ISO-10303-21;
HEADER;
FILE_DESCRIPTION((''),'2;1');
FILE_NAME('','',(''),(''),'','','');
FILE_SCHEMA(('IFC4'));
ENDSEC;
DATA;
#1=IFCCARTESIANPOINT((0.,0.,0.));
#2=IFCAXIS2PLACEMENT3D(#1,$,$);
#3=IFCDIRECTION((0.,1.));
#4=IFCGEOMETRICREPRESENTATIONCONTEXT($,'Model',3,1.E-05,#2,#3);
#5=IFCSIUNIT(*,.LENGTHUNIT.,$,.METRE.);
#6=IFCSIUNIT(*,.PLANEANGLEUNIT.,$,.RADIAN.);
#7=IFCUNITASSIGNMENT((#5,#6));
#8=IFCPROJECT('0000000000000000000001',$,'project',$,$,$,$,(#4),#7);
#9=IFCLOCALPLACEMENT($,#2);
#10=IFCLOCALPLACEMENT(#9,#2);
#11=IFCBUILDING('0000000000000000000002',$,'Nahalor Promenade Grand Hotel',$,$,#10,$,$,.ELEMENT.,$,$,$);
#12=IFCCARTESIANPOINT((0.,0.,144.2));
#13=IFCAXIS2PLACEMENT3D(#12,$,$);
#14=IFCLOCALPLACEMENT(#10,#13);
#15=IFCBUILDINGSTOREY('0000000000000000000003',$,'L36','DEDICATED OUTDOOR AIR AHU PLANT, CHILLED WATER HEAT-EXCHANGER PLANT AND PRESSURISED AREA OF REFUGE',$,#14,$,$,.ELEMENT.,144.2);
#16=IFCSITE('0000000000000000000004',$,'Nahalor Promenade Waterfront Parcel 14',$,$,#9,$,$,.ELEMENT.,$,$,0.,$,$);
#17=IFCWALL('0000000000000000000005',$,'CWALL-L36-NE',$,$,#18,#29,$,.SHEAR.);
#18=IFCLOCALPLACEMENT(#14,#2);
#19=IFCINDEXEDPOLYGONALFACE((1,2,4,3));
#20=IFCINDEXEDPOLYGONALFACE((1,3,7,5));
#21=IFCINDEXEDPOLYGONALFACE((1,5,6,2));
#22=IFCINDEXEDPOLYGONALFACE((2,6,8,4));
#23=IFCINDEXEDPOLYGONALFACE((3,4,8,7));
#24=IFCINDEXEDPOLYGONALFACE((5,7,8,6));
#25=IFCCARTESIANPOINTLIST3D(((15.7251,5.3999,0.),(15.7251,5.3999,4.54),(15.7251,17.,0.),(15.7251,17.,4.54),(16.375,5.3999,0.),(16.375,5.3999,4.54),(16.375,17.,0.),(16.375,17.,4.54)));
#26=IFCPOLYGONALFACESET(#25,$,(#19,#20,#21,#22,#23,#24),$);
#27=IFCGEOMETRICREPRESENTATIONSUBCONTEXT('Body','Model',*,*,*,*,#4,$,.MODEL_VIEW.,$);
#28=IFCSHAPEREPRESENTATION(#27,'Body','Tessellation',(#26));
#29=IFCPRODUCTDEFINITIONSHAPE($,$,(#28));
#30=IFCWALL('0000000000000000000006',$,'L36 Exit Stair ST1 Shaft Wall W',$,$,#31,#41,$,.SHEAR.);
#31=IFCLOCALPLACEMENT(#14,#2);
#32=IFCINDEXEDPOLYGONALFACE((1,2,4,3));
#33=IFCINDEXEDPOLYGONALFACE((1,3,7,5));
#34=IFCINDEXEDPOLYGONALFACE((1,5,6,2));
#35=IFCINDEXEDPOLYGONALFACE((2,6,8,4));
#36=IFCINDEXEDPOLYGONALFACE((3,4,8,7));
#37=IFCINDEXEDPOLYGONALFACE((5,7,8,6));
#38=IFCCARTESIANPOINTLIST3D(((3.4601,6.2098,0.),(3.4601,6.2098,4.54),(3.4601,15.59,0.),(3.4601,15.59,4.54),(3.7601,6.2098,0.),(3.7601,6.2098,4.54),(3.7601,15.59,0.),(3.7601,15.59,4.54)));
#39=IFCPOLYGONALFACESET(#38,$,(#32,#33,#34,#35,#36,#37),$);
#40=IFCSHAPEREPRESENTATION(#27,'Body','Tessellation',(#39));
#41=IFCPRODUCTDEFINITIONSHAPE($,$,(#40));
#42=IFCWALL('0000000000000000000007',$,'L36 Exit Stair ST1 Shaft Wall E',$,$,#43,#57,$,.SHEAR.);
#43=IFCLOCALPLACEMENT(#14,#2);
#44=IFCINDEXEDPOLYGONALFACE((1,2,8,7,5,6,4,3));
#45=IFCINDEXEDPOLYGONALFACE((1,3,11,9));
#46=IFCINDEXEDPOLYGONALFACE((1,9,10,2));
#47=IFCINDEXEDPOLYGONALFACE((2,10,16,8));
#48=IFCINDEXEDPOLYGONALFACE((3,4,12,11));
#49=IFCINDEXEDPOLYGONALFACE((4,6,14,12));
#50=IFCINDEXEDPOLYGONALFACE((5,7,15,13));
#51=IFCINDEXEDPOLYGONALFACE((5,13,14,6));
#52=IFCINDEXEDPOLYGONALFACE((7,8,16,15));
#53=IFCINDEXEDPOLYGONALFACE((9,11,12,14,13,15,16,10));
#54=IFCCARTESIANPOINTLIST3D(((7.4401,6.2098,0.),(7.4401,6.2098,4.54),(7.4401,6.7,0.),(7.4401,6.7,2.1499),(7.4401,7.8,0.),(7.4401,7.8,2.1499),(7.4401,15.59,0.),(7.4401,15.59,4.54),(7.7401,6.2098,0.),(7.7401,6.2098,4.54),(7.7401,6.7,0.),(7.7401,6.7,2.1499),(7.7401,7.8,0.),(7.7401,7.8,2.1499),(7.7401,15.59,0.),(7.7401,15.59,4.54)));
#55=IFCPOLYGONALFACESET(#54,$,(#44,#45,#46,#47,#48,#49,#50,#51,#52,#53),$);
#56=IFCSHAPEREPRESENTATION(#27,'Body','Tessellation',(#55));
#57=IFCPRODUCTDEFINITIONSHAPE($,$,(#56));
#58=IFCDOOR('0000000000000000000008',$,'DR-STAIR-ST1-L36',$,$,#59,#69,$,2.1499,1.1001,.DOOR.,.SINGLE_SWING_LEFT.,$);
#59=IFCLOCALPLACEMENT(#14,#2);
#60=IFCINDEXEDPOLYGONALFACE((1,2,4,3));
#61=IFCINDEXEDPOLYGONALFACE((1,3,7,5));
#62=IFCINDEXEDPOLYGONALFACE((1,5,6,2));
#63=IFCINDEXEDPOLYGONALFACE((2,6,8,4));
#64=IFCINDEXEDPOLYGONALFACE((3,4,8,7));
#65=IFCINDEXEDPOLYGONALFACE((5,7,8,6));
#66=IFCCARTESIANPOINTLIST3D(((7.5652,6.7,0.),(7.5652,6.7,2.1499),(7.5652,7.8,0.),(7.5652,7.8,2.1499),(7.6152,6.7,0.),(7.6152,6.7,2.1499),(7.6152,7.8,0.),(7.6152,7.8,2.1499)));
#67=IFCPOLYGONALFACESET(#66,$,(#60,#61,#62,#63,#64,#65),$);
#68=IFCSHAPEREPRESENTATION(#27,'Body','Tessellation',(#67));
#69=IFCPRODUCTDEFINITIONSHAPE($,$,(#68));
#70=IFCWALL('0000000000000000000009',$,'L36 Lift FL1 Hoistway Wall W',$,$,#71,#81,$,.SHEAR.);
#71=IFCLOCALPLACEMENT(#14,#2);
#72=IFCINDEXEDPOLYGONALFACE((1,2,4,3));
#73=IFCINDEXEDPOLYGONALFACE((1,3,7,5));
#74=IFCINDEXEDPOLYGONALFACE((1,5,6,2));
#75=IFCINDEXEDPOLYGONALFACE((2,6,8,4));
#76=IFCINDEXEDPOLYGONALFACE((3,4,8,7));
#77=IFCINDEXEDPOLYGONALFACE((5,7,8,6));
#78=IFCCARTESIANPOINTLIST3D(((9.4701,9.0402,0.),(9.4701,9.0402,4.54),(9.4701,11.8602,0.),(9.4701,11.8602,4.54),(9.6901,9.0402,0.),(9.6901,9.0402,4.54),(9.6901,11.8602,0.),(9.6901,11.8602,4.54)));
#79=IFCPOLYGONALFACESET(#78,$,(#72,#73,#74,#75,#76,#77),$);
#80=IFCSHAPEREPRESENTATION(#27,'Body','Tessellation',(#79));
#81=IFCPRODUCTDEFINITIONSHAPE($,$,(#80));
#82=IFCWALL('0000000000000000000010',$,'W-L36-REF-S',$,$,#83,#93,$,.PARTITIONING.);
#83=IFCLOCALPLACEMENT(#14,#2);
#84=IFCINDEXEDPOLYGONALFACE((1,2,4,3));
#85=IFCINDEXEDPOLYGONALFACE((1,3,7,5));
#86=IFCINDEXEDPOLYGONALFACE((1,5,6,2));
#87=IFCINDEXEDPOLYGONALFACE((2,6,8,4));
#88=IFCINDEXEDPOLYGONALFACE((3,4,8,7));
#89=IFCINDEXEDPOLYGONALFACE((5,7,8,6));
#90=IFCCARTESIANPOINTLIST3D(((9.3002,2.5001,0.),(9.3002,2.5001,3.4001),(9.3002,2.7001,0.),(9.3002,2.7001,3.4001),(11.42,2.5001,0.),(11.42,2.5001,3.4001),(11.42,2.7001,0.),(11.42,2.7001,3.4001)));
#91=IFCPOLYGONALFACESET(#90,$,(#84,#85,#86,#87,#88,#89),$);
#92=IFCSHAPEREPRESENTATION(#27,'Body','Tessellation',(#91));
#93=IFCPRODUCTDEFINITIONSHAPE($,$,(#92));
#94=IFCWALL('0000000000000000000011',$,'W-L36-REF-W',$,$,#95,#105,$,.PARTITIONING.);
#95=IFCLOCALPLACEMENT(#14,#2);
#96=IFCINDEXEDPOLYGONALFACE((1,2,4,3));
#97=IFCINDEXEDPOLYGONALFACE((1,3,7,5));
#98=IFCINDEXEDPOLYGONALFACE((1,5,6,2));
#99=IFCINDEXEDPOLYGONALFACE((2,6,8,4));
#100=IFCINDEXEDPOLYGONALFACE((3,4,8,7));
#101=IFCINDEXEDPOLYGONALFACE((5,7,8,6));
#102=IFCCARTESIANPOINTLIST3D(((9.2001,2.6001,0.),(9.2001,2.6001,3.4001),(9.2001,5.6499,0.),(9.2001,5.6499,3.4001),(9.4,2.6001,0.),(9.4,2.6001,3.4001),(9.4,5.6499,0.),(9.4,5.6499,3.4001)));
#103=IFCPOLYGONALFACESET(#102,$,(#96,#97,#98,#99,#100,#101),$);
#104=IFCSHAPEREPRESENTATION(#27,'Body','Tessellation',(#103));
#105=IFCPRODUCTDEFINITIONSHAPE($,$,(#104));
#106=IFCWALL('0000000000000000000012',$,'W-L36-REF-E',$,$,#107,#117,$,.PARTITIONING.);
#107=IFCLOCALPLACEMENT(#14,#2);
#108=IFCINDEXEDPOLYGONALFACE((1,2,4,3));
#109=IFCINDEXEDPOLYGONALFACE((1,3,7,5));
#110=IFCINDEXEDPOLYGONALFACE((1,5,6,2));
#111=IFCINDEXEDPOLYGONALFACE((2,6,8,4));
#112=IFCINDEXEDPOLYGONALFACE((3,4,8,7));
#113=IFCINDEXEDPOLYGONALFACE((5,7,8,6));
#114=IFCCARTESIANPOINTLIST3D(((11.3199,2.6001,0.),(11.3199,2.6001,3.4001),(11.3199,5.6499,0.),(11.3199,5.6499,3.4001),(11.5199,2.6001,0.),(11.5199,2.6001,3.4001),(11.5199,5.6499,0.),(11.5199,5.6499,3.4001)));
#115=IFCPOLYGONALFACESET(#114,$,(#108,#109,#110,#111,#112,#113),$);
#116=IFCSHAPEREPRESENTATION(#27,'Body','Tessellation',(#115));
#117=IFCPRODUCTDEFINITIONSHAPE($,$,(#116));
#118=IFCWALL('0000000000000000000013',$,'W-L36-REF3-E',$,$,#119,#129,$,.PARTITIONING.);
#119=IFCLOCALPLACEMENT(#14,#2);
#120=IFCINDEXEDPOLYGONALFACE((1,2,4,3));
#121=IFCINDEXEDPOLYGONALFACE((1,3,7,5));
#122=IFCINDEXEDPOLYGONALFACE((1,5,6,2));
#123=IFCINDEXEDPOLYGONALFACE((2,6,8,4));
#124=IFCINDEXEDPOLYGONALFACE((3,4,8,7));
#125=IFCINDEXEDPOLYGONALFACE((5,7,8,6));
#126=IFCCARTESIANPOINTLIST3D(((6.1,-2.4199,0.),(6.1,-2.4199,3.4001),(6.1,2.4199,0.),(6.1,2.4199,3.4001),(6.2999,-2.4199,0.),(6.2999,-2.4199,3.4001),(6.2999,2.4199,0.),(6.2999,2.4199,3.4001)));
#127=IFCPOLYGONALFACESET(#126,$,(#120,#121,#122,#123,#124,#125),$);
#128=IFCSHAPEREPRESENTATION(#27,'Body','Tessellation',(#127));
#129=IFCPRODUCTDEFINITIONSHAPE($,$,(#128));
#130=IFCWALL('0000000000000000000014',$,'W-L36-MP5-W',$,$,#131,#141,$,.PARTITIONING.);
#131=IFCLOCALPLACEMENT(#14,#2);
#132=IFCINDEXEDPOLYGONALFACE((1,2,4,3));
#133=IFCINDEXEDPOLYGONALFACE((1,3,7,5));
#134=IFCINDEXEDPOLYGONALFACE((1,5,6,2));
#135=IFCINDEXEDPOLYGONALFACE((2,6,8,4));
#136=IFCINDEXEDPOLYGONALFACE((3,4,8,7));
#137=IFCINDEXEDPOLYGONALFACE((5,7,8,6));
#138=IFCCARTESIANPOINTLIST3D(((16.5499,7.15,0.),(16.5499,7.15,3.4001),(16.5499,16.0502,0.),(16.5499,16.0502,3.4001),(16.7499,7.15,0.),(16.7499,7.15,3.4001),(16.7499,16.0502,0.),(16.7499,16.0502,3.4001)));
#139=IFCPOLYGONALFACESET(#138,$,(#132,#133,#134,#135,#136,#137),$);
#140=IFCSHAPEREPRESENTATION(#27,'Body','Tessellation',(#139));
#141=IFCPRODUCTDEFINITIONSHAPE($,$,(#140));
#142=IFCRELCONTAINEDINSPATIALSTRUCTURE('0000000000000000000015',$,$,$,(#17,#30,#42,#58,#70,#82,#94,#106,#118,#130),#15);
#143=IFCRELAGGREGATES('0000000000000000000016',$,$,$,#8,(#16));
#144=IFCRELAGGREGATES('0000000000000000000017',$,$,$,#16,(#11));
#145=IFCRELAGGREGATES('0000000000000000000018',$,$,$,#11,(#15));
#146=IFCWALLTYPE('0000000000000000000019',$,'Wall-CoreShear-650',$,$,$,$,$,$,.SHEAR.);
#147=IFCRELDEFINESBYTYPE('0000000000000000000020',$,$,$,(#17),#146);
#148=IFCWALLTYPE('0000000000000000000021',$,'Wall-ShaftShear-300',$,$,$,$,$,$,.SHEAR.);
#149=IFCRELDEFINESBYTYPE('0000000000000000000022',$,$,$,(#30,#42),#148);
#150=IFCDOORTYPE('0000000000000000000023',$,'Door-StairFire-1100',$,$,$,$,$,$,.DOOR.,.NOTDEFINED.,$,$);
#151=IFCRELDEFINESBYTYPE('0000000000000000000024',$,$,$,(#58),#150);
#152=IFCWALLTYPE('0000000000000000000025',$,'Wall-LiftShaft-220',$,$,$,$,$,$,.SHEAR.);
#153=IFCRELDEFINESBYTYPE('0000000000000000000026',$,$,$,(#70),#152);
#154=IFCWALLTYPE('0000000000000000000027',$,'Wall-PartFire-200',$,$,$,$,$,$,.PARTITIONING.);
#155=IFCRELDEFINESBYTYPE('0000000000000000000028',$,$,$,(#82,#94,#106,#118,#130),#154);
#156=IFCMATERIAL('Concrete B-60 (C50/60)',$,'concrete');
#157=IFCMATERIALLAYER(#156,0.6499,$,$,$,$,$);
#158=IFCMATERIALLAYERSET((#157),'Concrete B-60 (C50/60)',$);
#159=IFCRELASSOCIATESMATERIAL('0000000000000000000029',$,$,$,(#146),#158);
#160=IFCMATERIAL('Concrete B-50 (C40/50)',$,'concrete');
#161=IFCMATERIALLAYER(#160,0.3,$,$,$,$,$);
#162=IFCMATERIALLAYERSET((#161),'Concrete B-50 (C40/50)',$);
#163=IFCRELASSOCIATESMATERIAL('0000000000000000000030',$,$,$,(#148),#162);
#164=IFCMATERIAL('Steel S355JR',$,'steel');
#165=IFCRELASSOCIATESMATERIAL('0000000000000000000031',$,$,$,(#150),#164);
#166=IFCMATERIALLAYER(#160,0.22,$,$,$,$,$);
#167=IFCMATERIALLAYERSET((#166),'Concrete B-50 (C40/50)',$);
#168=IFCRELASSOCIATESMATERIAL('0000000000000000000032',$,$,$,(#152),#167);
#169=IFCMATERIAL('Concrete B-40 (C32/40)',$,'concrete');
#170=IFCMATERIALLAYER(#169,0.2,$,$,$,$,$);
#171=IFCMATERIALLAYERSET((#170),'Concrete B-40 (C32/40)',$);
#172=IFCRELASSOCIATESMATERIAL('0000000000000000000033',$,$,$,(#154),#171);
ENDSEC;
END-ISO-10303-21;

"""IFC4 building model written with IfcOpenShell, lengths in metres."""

from ifc_helpers import new_model, si_unit, direction, frame, frame_2d, origin, place, context, subcontext, project, spatial, rectangle, extrude, source, transform, mapped, material, layer, layer_set, type_object, element, fill, save


model = new_model("IFC4")

# Units and contexts
model_context = context("Model", 3, precision=1e-05, world=origin(), true_north=direction((0.0, 1.0)))
body_context = subcontext(model_context, "Body", "Model", "MODEL_VIEW")
ifc_project = project(units=[si_unit("LENGTHUNIT", "METRE"), si_unit("PLANEANGLEUNIT", "RADIAN")], contexts=[model_context])

# Site, building, storey
site_placement = place(None, origin())
site = spatial("IfcSite", under=ifc_project, at=site_placement, Name="Nahalor Promenade Waterfront Parcel 14", CompositionType="ELEMENT", RefElevation=0.0)
building_placement = place(site_placement, origin())
building = spatial("IfcBuilding", under=site, at=building_placement, Name="Nahalor Promenade Grand Hotel", CompositionType="ELEMENT")
storey_placement = place(building_placement, frame((0.0, 0.0, 144.2)))
storey = spatial("IfcBuildingStorey", under=building, at=storey_placement, Name="L36", Description="DEDICATED OUTDOOR AIR AHU PLANT, CHILLED WATER HEAT-EXCHANGER PLANT AND PRESSURISED AREA OF REFUGE", CompositionType="ELEMENT", Elevation=144.2)

# Shared definitions
ifc_material_1 = material(Name="Steel S355JR", Category="steel")

# Walls
ifc_material_2 = material(Name="Concrete B-60 (C50/60)", Category="concrete")
ifc_layer_1 = layer(ifc_material_2, 0.6499)
ifc_layer_set_1 = layer_set([ifc_layer_1], Name="Concrete B-60 (C50/60)")
wall_type_1 = type_object("IfcWallType", Name="Wall-CoreShear-650", PredefinedType="SHEAR", material=ifc_layer_set_1)
shared_shape_1 = source(origin(), body_context, "Body", "SweptSolid", [
    extrude(rectangle(XDim=11.6001, YDim=0.6499, at=frame_2d((5.8, 0.0))), origin(), (0.0, 0.0, 1.0), 4.54),
])
wall_1_placement = place(storey_placement, frame((16.05, 5.3999, 0.0), z_axis=(0.0, 0.0, 1.0), x_axis=(0.0, 1.0, 0.0)))
element("IfcWall", 1, at=wall_1_placement, inside=storey, type_object=wall_type_1, Name="CWALL-L36-NE", PredefinedType="SHEAR", context=body_context, shape_type="MappedRepresentation", body=[
    mapped(shared_shape_1, transform((0.0, 0.0, 0.0), scale=1.0)),
])
ifc_material_3 = material(Name="Concrete B-50 (C40/50)", Category="concrete")
ifc_layer_2 = layer(ifc_material_3, 0.3)
ifc_layer_set_2 = layer_set([ifc_layer_2], Name="Concrete B-50 (C40/50)")
wall_type_2 = type_object("IfcWallType", Name="Wall-ShaftShear-300", PredefinedType="SHEAR", material=ifc_layer_set_2)
shared_shape_2 = source(origin(), body_context, "Body", "SweptSolid", [
    extrude(rectangle(XDim=9.3801, YDim=0.3, at=frame_2d((4.6899, 0.0))), origin(), (0.0, 0.0, 1.0), 4.54),
])
wall_2_placement = place(storey_placement, frame((3.6101, 6.21, 0.0), z_axis=(0.0, 0.0, 1.0), x_axis=(0.0, 1.0, 0.0)))
element("IfcWall", 2, at=wall_2_placement, inside=storey, type_object=wall_type_2, Name="L36 Exit Stair ST1 Shaft Wall W", PredefinedType="SHEAR", context=body_context, shape_type="MappedRepresentation", body=[
    mapped(shared_shape_2, transform((0.0, 0.0, 0.0), scale=1.0)),
])

# Wall, opening, door
wall_3_placement = place(storey_placement, frame((7.5901, 6.21, 0.0), z_axis=(0.0, 0.0, 1.0), x_axis=(0.0, 1.0, 0.0)))
wall_3 = element("IfcWall", 3, at=wall_3_placement, inside=storey, type_object=wall_type_2, Name="L36 Exit Stair ST1 Shaft Wall E", PredefinedType="SHEAR", context=body_context, shape_type="MappedRepresentation", body=[
    mapped(shared_shape_2, transform((0.0, 0.0, 0.0), scale=1.0)),
])
opening_1_placement = place(wall_3_placement, frame((0.49, 0.0, 0.0)))
opening_1 = element("IfcOpeningElement", 4, at=opening_1_placement, cuts=wall_3, PredefinedType="OPENING", context=body_context, shape_type="SweptSolid", body=[
    extrude(rectangle(XDim=1.1001, YDim=2.1499, at=frame_2d((0.55, 1.075))), frame((0.0, 0.1599, 0.0), z_axis=(0.0, -1.0, 0.0), x_axis=(1.0, 0.0, 0.0)), (0.0, 0.0, 1.0), 0.3201),
])
door_type_1 = type_object("IfcDoorType", Name="Door-StairFire-1100", OperationType="NOTDEFINED", PredefinedType="DOOR", material=ifc_material_1)
shared_shape_3 = source(origin(), body_context, "Body", "SweptSolid", [
    extrude(rectangle(XDim=1.1001, YDim=2.1499, at=frame_2d((0.55, 1.075))), frame((0.0, 0.0249, 0.0), z_axis=(0.0, -1.0, 0.0), x_axis=(1.0, 0.0, 0.0)), (0.0, 0.0, 1.0), 0.05),
])
door_1_placement = place(opening_1_placement, origin())
door_1 = element("IfcDoor", 5, at=door_1_placement, inside=storey, type_object=door_type_1, Name="DR-STAIR-ST1-L36", OperationType="SINGLE_SWING_LEFT", OverallHeight=2.1499, OverallWidth=1.1001, PredefinedType="DOOR", context=body_context, shape_type="MappedRepresentation", body=[
    mapped(shared_shape_3, transform((0.0, 0.0, 0.0), scale=1.0)),
])
fill(opening_1, door_1)

# Wall
ifc_layer_3 = layer(ifc_material_3, 0.22)
ifc_layer_set_3 = layer_set([ifc_layer_3], Name="Concrete B-50 (C40/50)")
wall_type_3 = type_object("IfcWallType", Name="Wall-LiftShaft-220", PredefinedType="SHEAR", material=ifc_layer_set_3)
shared_shape_4 = source(origin(), body_context, "Body", "SweptSolid", [
    extrude(rectangle(XDim=2.8201, YDim=0.22, at=frame_2d((1.4102, 0.0))), origin(), (0.0, 0.0, 1.0), 4.54),
])
wall_4_placement = place(storey_placement, frame((9.5801, 9.04, 0.0), z_axis=(0.0, 0.0, 1.0), x_axis=(0.0, 1.0, 0.0)))
element("IfcWall", 6, at=wall_4_placement, inside=storey, type_object=wall_type_3, Name="L36 Lift FL1 Hoistway Wall W", PredefinedType="SHEAR", context=body_context, shape_type="MappedRepresentation", body=[
    mapped(shared_shape_4, transform((0.0, 0.0, 0.0), scale=1.0)),
])

# Shared definitions
ifc_material_4 = material(Name="Concrete B-40 (C32/40)", Category="concrete")
ifc_layer_4 = layer(ifc_material_4, 0.2)
ifc_layer_set_4 = layer_set([ifc_layer_4], Name="Concrete B-40 (C32/40)")
wall_type_4 = type_object("IfcWallType", Name="Wall-PartFire-200", PredefinedType="PARTITIONING", material=ifc_layer_set_4)

# Walls
shared_shape_5 = source(origin(), body_context, "Body", "SweptSolid", [
    extrude(rectangle(XDim=2.1199, YDim=0.2, at=frame_2d((1.0601, 0.0))), origin(), (0.0, 0.0, 1.0), 3.4001),
])
wall_5_placement = place(storey_placement, frame((9.3, 2.6001, 0.0), z_axis=(0.0, 0.0, 1.0), x_axis=(1.0, 0.0, 0.0)))
element("IfcWall", 7, at=wall_5_placement, inside=storey, type_object=wall_type_4, Name="W-L36-REF-S", PredefinedType="PARTITIONING", context=body_context, shape_type="MappedRepresentation", body=[
    mapped(shared_shape_5, transform((0.0, 0.0, 0.0), scale=1.0)),
])
shared_shape_6 = source(origin(), body_context, "Body", "SweptSolid", [
    extrude(rectangle(XDim=3.0498, YDim=0.2, at=frame_2d((1.5249, 0.0))), origin(), (0.0, 0.0, 1.0), 3.4001),
])
for number, where, z_axis, x_axis, name in (
    (8, (9.3, 2.6001, 0.0), (0.0, 0.0, 1.0), (0.0, 1.0, 0.0), "W-L36-REF-W"),
    (9, (11.4199, 2.6001, 0.0), (0.0, 0.0, 1.0), (0.0, 1.0, 0.0), "W-L36-REF-E"),
):
    element("IfcWall", number, at=place(storey_placement, frame(where, z_axis=z_axis, x_axis=x_axis)), inside=storey, type_object=wall_type_4, Name=name, PredefinedType="PARTITIONING", context=body_context, shape_type="MappedRepresentation", body=[
        mapped(shared_shape_6, transform((0.0, 0.0, 0.0), scale=1.0)),
    ])
shared_shape_7 = source(origin(), body_context, "Body", "SweptSolid", [
    extrude(rectangle(XDim=4.8398, YDim=0.2, at=frame_2d((2.4199, 0.0))), origin(), (0.0, 0.0, 1.0), 3.4001),
])
wall_6_placement = place(storey_placement, frame((6.2, -2.4199, 0.0), z_axis=(0.0, 0.0, 1.0), x_axis=(0.0, 1.0, 0.0)))
element("IfcWall", 10, at=wall_6_placement, inside=storey, type_object=wall_type_4, Name="W-L36-REF3-E", PredefinedType="PARTITIONING", context=body_context, shape_type="MappedRepresentation", body=[
    mapped(shared_shape_7, transform((0.0, 0.0, 0.0), scale=1.0)),
])

# Wall
shared_shape_8 = source(origin(), body_context, "Body", "SweptSolid", [
    extrude(rectangle(XDim=8.9001, YDim=0.2, at=frame_2d((4.4502, 0.0))), origin(), (0.0, 0.0, 1.0), 3.4001),
])
wall_7_placement = place(storey_placement, frame((16.6499, 7.1499, 0.0), z_axis=(0.0, 0.0, 1.0), x_axis=(0.0, 1.0, 0.0)))
element("IfcWall", 11, at=wall_7_placement, inside=storey, type_object=wall_type_4, Name="W-L36-MP5-W", PredefinedType="PARTITIONING", context=body_context, shape_type="MappedRepresentation", body=[
    mapped(shared_shape_8, transform((0.0, 0.0, 0.0), scale=1.0)),
])

save(model, "model.ifc")
